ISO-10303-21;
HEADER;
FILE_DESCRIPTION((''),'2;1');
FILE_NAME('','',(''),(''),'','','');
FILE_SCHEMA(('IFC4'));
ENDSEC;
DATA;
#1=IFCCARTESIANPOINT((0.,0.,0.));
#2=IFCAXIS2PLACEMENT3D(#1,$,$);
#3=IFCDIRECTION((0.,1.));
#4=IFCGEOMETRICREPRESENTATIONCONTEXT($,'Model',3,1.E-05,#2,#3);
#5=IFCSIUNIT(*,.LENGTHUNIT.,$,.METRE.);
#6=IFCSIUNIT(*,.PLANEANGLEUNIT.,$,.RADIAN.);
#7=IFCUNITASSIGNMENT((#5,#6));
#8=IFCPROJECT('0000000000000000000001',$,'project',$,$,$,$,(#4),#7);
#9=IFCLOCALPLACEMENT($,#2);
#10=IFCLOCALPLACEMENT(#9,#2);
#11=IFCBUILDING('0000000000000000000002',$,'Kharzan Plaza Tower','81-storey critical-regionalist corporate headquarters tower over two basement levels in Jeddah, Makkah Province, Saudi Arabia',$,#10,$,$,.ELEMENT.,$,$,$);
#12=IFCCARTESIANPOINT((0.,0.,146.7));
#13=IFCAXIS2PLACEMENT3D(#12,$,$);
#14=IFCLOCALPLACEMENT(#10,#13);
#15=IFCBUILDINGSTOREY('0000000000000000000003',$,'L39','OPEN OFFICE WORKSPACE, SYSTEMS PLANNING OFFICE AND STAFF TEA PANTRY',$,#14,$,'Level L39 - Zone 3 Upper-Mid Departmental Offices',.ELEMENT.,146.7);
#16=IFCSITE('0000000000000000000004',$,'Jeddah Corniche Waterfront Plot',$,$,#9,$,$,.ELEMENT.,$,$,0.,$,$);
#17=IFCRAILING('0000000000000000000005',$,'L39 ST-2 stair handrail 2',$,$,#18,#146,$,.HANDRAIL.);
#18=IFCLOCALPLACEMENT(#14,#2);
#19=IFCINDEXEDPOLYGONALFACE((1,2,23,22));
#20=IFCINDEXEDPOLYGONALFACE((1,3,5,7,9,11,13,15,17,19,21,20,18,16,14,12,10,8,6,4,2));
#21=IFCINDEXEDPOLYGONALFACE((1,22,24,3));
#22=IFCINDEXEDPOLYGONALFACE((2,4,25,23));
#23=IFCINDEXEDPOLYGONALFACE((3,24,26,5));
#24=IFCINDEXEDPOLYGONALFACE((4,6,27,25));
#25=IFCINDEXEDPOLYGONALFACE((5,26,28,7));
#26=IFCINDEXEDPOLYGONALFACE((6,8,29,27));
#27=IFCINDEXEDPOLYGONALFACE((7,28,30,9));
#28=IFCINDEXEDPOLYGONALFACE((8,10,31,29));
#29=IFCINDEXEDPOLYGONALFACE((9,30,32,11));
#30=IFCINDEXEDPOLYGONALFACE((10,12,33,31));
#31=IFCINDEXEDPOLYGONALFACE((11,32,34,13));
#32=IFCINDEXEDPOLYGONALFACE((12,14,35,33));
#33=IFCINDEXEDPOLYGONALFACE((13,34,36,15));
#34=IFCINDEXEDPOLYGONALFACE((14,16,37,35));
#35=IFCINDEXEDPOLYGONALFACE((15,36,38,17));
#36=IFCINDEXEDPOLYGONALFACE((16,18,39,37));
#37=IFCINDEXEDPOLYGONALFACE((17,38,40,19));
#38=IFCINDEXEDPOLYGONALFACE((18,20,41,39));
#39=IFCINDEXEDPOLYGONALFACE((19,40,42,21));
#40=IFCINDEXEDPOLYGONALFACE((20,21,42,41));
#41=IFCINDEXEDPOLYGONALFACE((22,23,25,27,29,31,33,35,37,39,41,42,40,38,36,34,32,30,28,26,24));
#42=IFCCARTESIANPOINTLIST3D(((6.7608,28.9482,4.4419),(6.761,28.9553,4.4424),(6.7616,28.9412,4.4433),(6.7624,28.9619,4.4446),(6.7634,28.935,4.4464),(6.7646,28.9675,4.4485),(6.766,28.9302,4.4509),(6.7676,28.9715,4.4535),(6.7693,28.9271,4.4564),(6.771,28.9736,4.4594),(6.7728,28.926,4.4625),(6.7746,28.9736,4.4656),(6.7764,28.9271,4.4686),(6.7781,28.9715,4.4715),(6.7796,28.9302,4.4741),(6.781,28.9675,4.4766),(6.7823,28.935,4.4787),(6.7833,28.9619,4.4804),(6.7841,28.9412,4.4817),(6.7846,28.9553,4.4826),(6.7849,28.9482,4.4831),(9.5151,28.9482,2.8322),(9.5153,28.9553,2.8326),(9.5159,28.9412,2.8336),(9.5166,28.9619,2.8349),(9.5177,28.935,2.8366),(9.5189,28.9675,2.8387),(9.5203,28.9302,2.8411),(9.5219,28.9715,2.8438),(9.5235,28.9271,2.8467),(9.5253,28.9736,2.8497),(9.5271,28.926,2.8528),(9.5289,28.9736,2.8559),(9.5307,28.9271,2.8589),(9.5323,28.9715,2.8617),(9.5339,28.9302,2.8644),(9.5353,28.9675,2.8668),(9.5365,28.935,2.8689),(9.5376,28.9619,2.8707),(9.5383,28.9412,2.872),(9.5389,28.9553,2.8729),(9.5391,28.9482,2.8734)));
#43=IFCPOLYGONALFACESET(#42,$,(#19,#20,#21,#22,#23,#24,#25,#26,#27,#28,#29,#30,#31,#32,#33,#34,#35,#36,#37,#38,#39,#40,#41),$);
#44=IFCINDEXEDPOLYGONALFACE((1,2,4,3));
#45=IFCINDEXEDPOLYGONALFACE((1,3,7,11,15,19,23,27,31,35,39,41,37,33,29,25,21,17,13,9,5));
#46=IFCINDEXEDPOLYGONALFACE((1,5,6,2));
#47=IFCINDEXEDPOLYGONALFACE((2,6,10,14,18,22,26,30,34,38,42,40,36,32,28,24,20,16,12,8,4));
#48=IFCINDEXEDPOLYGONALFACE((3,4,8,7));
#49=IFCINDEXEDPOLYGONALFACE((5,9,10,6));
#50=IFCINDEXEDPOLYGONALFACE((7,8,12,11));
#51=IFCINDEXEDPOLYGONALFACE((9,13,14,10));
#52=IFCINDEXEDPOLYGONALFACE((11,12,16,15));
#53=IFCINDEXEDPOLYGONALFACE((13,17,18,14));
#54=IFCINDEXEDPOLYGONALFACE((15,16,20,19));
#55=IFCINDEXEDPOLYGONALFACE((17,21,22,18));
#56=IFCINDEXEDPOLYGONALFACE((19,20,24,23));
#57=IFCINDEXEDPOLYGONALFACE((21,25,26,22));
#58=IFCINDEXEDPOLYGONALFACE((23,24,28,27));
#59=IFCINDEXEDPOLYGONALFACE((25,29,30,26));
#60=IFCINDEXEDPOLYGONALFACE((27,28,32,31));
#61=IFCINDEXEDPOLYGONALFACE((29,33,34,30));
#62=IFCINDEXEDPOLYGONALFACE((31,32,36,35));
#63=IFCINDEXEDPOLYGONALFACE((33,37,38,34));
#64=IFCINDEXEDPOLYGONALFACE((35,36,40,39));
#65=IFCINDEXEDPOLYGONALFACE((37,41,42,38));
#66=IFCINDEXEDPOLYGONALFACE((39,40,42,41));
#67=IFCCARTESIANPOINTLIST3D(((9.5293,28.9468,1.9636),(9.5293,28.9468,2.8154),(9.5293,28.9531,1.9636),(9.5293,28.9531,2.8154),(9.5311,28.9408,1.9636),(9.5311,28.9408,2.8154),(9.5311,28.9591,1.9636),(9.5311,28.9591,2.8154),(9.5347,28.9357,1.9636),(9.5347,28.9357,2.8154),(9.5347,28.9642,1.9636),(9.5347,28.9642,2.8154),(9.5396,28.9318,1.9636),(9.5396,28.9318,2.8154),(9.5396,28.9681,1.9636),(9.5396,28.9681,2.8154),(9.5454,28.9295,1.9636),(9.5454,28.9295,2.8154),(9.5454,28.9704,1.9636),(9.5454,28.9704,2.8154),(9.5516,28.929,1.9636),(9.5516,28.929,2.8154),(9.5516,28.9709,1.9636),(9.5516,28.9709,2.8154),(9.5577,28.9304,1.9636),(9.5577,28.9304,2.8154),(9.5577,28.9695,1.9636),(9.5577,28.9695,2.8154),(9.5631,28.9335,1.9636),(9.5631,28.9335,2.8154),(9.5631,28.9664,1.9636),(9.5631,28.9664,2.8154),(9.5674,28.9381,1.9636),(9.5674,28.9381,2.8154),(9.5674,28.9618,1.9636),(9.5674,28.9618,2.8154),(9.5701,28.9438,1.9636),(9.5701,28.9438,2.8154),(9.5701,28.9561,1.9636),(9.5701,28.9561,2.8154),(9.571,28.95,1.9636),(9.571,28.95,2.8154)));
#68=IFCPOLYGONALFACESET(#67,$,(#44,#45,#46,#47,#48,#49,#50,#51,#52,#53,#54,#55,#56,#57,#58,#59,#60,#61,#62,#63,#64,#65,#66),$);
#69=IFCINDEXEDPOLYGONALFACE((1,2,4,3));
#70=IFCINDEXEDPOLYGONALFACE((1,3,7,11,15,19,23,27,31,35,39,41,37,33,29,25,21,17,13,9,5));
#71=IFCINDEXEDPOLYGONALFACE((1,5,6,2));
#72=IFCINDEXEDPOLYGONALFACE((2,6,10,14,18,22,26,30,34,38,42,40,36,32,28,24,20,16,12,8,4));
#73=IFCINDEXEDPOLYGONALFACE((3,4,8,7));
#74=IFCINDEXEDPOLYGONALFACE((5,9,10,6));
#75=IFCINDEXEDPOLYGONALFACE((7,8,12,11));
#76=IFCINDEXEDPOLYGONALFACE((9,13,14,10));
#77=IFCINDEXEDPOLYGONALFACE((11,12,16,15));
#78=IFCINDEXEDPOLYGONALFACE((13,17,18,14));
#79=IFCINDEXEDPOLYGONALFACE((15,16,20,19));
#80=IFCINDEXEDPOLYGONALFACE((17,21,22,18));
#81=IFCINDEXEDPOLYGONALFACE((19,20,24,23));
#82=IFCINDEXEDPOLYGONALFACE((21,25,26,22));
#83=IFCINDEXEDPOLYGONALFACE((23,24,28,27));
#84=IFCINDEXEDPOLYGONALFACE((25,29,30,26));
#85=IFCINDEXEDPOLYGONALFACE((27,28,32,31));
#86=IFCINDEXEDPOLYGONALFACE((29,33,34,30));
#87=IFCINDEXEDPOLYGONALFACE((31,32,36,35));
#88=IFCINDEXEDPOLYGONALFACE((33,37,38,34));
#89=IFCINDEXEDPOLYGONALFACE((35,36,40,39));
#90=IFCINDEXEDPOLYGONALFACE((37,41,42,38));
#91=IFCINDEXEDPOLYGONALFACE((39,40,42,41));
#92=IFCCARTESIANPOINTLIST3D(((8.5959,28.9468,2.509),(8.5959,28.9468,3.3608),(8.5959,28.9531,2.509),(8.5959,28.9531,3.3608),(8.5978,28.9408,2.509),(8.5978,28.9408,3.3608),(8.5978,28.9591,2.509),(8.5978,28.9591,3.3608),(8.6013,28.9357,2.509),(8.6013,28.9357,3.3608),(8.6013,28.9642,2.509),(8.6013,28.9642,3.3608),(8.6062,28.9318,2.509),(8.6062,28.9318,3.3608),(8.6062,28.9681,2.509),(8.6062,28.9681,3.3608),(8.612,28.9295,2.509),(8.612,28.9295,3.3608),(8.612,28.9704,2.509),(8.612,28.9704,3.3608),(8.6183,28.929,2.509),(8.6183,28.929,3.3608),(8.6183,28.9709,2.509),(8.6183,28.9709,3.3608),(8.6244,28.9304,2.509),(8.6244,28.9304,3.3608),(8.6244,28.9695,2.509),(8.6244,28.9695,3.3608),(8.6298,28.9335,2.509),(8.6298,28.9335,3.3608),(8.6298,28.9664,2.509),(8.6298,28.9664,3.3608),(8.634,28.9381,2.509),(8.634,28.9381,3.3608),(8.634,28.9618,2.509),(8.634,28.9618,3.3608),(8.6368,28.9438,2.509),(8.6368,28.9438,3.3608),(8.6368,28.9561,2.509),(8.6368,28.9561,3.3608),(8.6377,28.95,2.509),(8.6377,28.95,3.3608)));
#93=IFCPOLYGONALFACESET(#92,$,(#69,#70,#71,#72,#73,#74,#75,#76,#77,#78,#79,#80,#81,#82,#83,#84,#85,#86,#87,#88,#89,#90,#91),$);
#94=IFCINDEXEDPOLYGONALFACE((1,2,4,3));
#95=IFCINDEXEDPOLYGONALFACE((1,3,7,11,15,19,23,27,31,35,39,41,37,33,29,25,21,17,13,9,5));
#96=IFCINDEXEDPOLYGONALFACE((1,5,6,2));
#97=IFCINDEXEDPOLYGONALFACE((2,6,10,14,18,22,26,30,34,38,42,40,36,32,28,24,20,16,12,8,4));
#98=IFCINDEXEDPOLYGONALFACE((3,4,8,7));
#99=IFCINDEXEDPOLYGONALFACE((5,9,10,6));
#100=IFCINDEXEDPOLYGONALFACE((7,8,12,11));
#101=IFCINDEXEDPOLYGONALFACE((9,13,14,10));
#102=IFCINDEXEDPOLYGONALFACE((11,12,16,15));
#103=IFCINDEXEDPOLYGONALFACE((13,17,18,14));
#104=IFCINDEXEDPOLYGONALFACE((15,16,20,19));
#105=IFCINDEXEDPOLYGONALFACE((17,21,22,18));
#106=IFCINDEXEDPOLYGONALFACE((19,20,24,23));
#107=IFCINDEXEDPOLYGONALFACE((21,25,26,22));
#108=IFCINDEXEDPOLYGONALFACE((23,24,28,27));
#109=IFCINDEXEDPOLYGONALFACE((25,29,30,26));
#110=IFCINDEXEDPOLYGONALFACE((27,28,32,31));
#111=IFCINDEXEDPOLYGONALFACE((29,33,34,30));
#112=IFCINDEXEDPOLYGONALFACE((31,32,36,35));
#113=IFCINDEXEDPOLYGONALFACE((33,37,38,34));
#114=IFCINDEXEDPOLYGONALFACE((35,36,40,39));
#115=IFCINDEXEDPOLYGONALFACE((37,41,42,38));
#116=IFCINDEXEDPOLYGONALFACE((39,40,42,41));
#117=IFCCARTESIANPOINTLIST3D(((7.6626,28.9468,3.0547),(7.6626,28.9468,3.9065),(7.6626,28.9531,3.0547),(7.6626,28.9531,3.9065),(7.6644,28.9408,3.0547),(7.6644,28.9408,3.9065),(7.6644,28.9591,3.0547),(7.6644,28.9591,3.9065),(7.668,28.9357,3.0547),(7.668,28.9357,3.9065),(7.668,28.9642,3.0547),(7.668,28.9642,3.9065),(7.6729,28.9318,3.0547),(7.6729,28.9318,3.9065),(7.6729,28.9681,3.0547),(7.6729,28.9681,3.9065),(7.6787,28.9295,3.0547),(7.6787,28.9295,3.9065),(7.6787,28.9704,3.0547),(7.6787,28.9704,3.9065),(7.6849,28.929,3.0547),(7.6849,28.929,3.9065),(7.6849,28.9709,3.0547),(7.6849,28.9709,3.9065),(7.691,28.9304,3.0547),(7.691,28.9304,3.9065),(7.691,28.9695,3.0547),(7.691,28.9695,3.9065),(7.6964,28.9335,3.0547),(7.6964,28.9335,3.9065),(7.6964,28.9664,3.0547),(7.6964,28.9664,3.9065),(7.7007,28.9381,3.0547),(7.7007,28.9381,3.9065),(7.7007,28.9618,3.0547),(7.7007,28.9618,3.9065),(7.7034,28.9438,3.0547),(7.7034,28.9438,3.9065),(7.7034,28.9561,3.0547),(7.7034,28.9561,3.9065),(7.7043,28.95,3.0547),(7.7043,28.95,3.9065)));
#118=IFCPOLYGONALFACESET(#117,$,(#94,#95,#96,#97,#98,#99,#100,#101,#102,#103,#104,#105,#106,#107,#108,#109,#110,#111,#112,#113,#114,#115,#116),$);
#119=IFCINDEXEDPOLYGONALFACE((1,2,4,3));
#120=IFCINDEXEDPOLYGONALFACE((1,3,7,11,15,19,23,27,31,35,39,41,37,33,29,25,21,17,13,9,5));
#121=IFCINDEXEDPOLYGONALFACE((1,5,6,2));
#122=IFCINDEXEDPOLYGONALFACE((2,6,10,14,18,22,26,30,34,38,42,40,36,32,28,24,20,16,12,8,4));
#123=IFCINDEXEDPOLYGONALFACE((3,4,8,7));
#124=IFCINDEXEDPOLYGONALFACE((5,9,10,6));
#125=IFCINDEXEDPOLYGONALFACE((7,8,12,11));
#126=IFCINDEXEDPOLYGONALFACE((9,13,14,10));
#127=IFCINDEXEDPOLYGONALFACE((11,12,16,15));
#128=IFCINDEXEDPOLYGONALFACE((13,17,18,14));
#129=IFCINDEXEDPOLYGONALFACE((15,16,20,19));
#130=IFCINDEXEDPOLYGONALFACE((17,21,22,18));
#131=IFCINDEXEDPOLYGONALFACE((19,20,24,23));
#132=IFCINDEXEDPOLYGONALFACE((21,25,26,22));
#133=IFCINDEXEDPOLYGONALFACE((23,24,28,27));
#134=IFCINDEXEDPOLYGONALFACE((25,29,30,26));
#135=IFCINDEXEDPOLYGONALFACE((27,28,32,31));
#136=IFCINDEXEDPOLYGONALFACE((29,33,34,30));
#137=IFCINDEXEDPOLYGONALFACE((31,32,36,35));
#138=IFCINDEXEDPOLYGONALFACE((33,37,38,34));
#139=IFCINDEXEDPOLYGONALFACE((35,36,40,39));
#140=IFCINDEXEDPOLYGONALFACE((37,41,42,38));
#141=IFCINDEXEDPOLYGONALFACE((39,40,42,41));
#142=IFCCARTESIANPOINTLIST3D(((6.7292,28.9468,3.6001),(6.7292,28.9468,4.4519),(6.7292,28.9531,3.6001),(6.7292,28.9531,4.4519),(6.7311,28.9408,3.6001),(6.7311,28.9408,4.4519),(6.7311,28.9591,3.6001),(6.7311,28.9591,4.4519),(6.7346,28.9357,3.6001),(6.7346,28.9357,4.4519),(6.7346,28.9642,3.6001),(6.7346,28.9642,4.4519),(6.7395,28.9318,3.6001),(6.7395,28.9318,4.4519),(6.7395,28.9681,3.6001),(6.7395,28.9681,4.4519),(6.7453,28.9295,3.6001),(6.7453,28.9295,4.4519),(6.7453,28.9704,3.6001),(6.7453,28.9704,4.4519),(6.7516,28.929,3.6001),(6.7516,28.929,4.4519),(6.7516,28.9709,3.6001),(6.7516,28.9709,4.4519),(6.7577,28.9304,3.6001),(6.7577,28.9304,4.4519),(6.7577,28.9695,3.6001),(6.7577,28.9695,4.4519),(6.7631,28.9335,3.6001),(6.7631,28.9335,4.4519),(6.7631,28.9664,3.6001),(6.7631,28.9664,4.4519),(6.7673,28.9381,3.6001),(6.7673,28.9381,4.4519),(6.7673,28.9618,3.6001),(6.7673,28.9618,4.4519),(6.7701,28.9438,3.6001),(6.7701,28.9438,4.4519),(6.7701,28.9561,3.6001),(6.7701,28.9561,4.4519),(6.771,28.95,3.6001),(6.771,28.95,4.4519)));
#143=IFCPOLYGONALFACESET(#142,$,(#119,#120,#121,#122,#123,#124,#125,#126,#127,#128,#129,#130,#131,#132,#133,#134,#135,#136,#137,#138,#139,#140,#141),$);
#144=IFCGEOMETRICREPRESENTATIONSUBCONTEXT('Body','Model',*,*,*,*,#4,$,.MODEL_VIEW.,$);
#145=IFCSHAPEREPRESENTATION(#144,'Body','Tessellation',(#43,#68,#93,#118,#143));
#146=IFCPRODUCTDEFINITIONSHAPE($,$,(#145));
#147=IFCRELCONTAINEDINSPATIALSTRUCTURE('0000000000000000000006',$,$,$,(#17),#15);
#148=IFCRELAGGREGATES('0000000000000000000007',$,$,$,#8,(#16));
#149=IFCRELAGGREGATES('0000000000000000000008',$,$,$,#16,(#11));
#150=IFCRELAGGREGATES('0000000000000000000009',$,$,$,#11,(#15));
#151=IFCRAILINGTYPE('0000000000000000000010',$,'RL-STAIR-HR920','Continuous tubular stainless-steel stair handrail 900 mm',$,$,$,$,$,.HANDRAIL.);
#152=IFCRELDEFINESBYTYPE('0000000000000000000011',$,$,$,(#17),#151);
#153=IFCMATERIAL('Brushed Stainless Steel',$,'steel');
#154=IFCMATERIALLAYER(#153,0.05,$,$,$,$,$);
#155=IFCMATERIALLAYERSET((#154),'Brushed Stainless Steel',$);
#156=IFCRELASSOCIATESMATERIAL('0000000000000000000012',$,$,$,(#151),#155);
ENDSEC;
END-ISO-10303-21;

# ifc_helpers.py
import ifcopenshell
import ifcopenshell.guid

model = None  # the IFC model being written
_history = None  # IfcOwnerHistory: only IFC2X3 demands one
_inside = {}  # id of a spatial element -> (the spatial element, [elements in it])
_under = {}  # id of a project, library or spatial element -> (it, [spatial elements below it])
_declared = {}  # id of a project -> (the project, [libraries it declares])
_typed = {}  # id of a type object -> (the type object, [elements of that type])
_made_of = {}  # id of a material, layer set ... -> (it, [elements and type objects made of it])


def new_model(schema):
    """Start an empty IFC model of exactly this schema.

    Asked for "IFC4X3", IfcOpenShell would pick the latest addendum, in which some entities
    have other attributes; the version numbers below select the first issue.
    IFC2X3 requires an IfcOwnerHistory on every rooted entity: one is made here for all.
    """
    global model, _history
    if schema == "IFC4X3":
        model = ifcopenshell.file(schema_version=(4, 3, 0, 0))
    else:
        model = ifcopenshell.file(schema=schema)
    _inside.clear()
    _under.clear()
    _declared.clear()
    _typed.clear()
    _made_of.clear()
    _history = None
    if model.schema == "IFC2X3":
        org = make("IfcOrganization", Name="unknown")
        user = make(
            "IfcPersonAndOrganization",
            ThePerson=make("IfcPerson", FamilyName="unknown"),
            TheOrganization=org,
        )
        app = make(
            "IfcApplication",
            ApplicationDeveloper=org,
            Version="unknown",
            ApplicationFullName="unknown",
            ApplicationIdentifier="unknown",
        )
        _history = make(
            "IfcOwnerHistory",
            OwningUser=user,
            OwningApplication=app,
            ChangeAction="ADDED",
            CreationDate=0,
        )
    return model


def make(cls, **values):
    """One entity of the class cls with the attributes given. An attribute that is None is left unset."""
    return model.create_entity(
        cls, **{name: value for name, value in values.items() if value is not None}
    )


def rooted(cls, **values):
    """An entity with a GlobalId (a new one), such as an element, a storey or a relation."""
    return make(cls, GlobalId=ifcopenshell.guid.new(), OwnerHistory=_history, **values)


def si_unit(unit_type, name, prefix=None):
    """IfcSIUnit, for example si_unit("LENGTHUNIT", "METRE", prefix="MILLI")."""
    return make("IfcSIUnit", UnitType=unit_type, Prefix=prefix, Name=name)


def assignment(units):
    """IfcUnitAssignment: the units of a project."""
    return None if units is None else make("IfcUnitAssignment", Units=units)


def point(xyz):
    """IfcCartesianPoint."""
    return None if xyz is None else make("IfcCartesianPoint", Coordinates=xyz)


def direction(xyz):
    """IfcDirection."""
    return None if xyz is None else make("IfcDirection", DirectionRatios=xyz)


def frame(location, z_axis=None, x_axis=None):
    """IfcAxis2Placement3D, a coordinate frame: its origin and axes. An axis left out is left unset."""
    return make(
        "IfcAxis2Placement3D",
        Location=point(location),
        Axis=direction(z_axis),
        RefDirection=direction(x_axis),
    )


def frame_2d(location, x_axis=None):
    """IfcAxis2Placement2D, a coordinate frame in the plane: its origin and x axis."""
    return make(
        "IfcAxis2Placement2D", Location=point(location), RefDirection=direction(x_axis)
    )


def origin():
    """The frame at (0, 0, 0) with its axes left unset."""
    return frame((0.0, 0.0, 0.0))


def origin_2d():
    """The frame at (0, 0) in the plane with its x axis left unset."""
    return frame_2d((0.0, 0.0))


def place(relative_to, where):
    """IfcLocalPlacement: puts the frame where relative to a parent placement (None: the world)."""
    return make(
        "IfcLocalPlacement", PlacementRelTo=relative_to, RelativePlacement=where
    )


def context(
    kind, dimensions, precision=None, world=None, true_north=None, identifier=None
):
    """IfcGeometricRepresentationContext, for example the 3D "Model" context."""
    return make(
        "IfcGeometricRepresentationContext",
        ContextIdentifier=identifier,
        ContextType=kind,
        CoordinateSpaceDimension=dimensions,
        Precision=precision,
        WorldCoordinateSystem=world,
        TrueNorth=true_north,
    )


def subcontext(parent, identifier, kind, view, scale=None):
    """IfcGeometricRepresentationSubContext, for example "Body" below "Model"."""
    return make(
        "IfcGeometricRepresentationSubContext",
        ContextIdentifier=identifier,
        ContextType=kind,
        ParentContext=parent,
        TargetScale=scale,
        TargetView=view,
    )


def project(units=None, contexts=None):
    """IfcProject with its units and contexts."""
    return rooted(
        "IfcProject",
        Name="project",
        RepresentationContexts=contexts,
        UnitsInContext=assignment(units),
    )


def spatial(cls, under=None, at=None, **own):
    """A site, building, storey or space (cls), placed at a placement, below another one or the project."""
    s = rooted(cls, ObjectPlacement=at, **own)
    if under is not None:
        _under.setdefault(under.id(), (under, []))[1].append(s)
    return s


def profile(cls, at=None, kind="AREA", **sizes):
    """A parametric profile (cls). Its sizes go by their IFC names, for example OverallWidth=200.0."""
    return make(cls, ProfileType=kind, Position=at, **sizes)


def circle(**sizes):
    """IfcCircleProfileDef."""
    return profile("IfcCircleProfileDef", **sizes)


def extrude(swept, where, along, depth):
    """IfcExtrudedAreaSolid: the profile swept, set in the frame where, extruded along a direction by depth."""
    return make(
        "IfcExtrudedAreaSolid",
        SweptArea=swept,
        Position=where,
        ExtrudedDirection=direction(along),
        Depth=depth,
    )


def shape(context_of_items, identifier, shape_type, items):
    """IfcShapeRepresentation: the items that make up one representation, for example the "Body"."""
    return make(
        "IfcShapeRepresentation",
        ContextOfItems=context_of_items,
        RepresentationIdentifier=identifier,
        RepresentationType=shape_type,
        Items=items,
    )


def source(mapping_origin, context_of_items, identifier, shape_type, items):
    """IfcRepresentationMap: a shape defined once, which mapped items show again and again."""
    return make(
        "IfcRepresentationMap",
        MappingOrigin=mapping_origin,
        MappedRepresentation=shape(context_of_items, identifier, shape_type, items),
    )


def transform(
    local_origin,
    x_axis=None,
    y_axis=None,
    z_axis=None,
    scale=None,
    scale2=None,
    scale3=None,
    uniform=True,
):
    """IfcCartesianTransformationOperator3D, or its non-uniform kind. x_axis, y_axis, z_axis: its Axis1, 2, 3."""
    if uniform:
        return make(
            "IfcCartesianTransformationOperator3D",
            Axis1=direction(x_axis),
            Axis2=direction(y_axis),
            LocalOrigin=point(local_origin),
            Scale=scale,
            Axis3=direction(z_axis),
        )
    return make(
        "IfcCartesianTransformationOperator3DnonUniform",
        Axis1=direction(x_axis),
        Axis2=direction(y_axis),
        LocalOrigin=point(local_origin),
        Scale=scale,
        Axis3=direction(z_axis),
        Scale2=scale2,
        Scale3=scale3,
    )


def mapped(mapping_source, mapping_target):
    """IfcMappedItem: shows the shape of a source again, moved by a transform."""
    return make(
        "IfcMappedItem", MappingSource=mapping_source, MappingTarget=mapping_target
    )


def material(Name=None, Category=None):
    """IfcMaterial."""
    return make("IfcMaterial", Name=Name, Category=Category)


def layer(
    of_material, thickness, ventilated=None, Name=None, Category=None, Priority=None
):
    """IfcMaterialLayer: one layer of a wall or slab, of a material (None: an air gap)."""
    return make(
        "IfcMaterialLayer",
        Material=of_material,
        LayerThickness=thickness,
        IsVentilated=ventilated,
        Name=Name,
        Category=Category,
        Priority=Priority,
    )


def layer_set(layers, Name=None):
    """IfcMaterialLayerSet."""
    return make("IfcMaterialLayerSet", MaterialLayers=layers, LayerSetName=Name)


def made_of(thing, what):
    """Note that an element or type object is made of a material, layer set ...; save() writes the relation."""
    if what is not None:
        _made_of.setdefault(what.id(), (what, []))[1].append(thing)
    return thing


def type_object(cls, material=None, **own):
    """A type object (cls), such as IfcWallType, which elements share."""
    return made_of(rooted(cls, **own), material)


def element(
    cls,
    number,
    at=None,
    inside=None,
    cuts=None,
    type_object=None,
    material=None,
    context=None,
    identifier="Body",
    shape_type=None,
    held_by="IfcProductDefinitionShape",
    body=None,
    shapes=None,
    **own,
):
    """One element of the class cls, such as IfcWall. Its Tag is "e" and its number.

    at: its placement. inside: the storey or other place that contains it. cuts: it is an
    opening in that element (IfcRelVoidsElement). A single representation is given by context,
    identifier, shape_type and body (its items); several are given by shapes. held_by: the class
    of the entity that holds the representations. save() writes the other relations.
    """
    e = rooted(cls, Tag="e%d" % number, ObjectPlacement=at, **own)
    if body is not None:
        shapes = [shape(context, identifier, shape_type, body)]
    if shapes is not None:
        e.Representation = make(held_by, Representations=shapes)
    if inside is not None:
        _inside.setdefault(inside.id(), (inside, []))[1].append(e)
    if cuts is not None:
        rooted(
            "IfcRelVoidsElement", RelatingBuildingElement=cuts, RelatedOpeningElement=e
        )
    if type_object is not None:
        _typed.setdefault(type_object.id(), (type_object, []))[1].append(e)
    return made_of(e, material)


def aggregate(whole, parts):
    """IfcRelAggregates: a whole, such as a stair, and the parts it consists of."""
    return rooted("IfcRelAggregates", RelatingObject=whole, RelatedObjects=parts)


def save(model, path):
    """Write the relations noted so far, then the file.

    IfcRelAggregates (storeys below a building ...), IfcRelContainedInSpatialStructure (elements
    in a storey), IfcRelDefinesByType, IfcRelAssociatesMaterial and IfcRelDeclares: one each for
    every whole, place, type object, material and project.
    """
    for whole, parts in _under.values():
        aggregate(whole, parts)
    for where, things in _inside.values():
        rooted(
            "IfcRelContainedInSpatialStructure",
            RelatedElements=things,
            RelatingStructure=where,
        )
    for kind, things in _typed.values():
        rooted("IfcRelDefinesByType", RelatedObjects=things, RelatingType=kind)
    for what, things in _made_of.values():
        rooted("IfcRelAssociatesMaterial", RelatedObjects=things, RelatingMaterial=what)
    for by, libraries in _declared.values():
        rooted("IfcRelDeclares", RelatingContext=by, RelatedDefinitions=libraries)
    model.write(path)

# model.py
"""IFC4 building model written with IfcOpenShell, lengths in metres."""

from ifc_helpers import new_model, si_unit, direction, frame, origin, origin_2d, place, context, subcontext, project, spatial, circle, extrude, source, transform, mapped, material, layer, layer_set, type_object, element, save


model = new_model("IFC4")

# Units and contexts
model_context = context("Model", 3, precision=1e-05, world=origin(), true_north=direction((0.0, 1.0)))
body_context = subcontext(model_context, "Body", "Model", "MODEL_VIEW")
ifc_project = project(units=[si_unit("LENGTHUNIT", "METRE"), si_unit("PLANEANGLEUNIT", "RADIAN")], contexts=[model_context])

# Site, building, storey
site_placement = place(None, origin())
site = spatial("IfcSite", under=ifc_project, at=site_placement, Name="Jeddah Corniche Waterfront Plot", CompositionType="ELEMENT", RefElevation=0.0)
building_placement = place(site_placement, origin())
building = spatial("IfcBuilding", under=site, at=building_placement, Name="Kharzan Plaza Tower", Description="81-storey critical-regionalist corporate headquarters tower over two basement levels in Jeddah, Makkah Province, Saudi Arabia", CompositionType="ELEMENT")
storey_placement = place(building_placement, frame((0.0, 0.0, 146.7)))
storey = spatial("IfcBuildingStorey", under=building, at=storey_placement, Name="L39", Description="OPEN OFFICE WORKSPACE, SYSTEMS PLANNING OFFICE AND STAFF TEA PANTRY", LongName="Level L39 - Zone 3 Upper-Mid Departmental Offices", CompositionType="ELEMENT", Elevation=146.7)

# Shared definitions
ifc_material_1 = material(Name="Brushed Stainless Steel", Category="steel")

# Railing
ifc_layer_1 = layer(ifc_material_1, 0.05)
ifc_layer_set_1 = layer_set([ifc_layer_1], Name="Brushed Stainless Steel")
railing_type_1 = type_object("IfcRailingType", Name="RL-STAIR-HR920", Description="Continuous tubular stainless-steel stair handrail 900 mm", PredefinedType="HANDRAIL", material=ifc_layer_set_1)
shared_shape_1 = source(origin(), body_context, "Body", "SweptSolid", [
    extrude(circle(Radius=0.0239, at=origin_2d()), frame((-0.0229, 0.0, 0.8892), z_axis=(-0.863361, 0.0, 0.504587), x_axis=(0.0, -1.0, 0.0)), (0.0, 0.0, 1.0), 3.1902),
    extrude(circle(Radius=0.021, at=origin_2d()), origin(), (0.0, 0.0, 1.0), 0.8518),
    extrude(circle(Radius=0.021, at=origin_2d()), frame((-0.9333, 0.0, 0.5454)), (0.0, 0.0, 1.0), 0.8518),
    extrude(circle(Radius=0.021, at=origin_2d()), frame((-1.8667, 0.0, 1.0911)), (0.0, 0.0, 1.0), 0.8518),
    extrude(circle(Radius=0.021, at=origin_2d()), frame((-2.8, 0.0, 1.6365)), (0.0, 0.0, 1.0), 0.8518),
])
railing_1_placement = place(storey_placement, frame((9.55, 28.95, 1.9636)))
element("IfcRailing", 1, at=railing_1_placement, inside=storey, type_object=railing_type_1, Name="L39 ST-2 stair handrail 2", PredefinedType="HANDRAIL", context=body_context, shape_type="MappedRepresentation", body=[
    mapped(shared_shape_1, transform((0.0, 0.0, 0.0), x_axis=(1.0, 0.0, 0.0), y_axis=(0.0, 1.0, 0.0), z_axis=(0.0, 0.0, 1.0))),
])

save(model, "model.ifc")
